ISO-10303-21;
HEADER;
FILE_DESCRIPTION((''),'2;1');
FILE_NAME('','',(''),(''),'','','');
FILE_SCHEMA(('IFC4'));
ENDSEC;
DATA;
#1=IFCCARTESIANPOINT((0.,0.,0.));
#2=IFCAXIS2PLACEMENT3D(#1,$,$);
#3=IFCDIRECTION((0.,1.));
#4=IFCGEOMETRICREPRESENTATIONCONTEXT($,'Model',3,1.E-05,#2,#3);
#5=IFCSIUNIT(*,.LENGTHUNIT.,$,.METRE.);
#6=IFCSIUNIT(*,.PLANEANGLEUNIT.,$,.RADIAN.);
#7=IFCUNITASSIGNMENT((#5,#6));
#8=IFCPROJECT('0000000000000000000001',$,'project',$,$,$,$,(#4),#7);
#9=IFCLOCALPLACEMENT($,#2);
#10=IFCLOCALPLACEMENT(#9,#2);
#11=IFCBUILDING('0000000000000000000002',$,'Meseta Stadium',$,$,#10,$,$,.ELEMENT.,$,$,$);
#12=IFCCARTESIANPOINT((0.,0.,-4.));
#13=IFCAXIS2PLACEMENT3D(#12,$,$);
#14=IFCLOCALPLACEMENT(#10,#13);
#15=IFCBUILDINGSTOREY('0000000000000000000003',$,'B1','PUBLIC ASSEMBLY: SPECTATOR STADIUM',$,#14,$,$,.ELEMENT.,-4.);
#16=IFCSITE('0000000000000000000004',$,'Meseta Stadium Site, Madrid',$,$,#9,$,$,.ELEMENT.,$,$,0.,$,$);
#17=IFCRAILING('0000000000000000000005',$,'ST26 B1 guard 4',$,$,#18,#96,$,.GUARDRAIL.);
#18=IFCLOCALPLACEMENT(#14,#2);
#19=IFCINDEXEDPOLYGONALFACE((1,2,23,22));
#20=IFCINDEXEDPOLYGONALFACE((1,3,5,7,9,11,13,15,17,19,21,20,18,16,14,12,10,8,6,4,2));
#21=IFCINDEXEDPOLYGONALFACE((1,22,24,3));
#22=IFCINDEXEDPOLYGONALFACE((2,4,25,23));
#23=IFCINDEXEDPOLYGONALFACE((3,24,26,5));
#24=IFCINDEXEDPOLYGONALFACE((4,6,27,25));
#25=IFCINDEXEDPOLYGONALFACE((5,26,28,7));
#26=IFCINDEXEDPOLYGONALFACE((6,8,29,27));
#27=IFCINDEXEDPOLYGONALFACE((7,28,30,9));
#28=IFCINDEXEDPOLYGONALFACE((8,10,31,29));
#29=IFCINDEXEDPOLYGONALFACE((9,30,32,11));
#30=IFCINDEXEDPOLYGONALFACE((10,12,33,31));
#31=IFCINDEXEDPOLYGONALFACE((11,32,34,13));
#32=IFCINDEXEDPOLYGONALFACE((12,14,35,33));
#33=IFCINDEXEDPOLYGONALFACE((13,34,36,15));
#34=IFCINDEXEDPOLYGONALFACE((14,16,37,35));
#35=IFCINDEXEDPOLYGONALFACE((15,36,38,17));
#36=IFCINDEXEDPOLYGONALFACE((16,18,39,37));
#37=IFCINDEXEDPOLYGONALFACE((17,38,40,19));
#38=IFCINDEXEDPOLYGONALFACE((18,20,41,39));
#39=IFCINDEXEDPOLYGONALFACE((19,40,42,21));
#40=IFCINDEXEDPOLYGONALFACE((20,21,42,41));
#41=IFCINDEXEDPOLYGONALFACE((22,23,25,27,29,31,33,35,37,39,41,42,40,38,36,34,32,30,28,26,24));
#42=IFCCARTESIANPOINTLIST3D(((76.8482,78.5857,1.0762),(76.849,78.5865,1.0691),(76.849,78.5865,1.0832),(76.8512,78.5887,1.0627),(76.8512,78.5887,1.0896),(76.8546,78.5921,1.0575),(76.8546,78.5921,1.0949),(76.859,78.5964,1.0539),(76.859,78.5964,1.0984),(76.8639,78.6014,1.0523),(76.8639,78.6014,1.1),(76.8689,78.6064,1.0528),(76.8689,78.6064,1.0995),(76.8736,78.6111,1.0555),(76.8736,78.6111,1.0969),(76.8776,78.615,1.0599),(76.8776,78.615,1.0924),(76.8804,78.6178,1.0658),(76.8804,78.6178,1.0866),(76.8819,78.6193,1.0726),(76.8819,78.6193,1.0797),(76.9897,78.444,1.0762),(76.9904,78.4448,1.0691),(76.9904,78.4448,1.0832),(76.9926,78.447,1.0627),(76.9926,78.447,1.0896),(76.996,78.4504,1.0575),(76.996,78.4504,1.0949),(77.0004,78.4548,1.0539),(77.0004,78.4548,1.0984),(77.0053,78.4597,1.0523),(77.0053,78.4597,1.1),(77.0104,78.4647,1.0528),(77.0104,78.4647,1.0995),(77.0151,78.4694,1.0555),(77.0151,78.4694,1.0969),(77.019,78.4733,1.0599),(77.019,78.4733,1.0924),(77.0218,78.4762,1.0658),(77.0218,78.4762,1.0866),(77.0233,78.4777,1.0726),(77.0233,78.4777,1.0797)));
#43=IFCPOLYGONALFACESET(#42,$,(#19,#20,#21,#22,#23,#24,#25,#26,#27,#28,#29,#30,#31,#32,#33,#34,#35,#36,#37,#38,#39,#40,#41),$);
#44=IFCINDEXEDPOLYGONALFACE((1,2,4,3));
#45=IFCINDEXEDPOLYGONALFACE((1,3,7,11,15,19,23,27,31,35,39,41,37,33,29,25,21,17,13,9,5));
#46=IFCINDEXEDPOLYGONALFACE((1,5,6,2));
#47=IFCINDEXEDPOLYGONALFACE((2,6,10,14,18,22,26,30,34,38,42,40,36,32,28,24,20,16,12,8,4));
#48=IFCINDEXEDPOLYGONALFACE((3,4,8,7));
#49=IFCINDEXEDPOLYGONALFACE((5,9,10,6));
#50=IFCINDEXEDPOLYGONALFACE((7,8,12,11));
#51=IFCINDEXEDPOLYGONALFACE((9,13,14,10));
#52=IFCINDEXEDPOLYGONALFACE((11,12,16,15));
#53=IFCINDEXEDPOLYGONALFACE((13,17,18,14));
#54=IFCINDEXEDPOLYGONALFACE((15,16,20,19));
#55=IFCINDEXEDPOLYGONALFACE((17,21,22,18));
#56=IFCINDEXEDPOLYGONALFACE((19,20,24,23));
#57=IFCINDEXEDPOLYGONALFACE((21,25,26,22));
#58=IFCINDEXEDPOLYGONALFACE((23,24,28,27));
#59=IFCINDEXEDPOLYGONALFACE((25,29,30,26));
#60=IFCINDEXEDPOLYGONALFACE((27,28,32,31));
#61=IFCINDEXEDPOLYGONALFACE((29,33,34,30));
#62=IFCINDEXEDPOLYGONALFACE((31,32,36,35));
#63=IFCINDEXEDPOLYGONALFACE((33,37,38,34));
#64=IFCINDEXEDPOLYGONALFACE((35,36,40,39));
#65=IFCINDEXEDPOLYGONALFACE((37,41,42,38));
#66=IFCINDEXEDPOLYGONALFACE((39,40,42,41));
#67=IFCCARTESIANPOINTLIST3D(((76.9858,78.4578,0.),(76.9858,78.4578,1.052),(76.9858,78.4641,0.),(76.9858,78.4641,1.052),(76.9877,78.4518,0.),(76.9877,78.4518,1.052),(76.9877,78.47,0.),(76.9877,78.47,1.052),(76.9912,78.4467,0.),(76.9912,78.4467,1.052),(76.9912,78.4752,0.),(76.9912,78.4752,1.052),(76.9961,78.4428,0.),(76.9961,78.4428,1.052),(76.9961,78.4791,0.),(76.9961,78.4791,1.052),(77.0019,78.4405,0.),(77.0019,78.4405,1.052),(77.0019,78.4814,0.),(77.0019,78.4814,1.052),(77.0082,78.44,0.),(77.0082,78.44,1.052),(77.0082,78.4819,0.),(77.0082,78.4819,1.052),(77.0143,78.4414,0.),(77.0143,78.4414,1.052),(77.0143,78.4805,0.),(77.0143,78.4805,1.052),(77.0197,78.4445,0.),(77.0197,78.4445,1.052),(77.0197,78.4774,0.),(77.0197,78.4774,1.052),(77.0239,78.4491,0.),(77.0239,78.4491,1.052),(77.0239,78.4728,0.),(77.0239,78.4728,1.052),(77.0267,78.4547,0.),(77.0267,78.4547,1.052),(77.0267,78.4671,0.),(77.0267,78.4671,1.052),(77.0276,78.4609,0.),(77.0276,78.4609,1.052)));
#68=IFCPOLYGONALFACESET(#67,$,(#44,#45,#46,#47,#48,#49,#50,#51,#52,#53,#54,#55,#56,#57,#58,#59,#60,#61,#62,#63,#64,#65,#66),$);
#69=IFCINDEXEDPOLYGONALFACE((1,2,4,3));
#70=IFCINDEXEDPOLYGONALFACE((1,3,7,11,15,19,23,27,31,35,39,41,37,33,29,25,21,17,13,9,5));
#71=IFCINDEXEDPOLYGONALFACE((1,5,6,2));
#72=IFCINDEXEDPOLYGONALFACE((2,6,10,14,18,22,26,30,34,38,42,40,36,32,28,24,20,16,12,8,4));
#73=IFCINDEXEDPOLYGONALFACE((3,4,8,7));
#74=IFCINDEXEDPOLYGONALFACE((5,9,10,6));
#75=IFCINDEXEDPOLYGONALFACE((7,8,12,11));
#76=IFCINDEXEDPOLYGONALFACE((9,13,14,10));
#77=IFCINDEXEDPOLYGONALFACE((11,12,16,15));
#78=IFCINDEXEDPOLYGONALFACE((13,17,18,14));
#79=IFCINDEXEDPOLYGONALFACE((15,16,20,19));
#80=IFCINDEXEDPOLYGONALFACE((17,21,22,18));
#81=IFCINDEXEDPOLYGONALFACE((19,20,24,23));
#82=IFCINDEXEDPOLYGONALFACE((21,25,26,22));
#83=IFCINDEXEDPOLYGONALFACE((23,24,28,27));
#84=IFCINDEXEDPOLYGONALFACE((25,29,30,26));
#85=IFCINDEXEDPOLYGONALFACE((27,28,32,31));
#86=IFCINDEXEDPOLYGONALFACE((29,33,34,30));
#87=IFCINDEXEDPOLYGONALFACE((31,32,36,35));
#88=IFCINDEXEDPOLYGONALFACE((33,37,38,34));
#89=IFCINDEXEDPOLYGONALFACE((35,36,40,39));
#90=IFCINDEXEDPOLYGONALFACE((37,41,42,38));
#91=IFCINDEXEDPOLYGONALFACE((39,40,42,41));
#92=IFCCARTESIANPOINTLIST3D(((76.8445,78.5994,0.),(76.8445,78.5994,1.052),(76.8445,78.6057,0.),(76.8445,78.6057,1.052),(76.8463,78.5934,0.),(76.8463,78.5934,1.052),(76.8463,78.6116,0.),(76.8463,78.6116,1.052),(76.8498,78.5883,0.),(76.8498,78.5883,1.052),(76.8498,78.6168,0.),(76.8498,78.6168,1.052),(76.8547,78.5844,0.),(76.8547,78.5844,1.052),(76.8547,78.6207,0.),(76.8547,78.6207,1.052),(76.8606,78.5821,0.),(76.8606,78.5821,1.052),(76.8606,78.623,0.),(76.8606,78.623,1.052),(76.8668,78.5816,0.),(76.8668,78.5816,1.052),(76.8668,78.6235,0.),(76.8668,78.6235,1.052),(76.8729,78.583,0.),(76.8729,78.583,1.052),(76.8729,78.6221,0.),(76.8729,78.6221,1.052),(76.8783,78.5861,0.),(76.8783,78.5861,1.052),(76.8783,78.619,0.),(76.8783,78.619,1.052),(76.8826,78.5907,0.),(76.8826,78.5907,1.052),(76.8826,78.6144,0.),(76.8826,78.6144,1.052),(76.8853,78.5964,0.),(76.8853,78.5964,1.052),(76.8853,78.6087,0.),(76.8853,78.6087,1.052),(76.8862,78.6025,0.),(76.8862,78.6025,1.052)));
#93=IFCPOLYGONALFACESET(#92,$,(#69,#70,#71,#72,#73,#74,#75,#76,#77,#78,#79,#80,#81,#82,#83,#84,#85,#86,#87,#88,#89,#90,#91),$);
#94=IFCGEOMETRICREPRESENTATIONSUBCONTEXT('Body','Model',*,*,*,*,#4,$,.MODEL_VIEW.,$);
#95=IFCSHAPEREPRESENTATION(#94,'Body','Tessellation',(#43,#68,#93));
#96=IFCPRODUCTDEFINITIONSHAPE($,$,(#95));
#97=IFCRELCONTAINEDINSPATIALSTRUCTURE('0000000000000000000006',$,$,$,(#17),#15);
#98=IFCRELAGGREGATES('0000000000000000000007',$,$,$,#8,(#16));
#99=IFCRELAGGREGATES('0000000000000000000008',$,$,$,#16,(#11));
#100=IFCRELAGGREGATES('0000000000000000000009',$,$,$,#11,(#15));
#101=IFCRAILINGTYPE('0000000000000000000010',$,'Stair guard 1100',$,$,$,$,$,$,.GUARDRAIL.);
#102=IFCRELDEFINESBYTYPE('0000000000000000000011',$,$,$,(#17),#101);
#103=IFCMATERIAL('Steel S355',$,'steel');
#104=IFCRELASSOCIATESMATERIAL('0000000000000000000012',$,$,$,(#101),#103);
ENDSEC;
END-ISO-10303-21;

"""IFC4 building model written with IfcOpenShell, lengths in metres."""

from ifc_helpers import new_model, si_unit, direction, frame, origin, origin_2d, place, context, subcontext, project, spatial, circle, extrude, material, type_object, element, save


model = new_model("IFC4")

# Units and contexts
model_context = context("Model", 3, precision=1e-05, world=origin(), true_north=direction((0.0, 1.0)))
body_context = subcontext(model_context, "Body", "Model", "MODEL_VIEW")
ifc_project = project(units=[si_unit("LENGTHUNIT", "METRE"), si_unit("PLANEANGLEUNIT", "RADIAN")], contexts=[model_context])

# Site, building, storey
site_placement = place(None, origin())
site = spatial("IfcSite", under=ifc_project, at=site_placement, Name="Meseta Stadium Site, Madrid", CompositionType="ELEMENT", RefElevation=0.0)
building_placement = place(site_placement, origin())
building = spatial("IfcBuilding", under=site, at=building_placement, Name="Meseta Stadium", CompositionType="ELEMENT")
storey_placement = place(building_placement, frame((0.0, 0.0, -4.0)))
storey = spatial("IfcBuildingStorey", under=building, at=storey_placement, Name="B1", Description="PUBLIC ASSEMBLY: SPECTATOR STADIUM", CompositionType="ELEMENT", Elevation=-4.0)

# Railing
ifc_material_1 = material(Name="Steel S355", Category="steel")
railing_type_1 = type_object("IfcRailingType", Name="Stair guard 1100", PredefinedType="GUARDRAIL", material=ifc_material_1)
railing_1_placement = place(storey_placement, frame((77.0066, 78.4609, 0.0)))
element("IfcRailing", 1, at=railing_1_placement, inside=storey, type_object=railing_type_1, Name="ST26 B1 guard 4", PredefinedType="GUARDRAIL", context=body_context, shape_type="SweptSolid", body=[
    extrude(circle(Radius=0.0239, at=origin_2d()), frame((0.0, 0.0, 1.0762), z_axis=(-0.706496, 0.707717, 0.0), x_axis=(-0.707717, -0.706496, 0.0)), (0.0, 0.0, 1.0), 0.2002),
    extrude(circle(Radius=0.021, at=origin_2d()), origin(), (0.0, 0.0, 1.0), 1.052),
    extrude(circle(Radius=0.021, at=origin_2d()), frame((-0.1414, 0.1416, 0.0)), (0.0, 0.0, 1.0), 1.052),
])

save(model, "model.ifc")
